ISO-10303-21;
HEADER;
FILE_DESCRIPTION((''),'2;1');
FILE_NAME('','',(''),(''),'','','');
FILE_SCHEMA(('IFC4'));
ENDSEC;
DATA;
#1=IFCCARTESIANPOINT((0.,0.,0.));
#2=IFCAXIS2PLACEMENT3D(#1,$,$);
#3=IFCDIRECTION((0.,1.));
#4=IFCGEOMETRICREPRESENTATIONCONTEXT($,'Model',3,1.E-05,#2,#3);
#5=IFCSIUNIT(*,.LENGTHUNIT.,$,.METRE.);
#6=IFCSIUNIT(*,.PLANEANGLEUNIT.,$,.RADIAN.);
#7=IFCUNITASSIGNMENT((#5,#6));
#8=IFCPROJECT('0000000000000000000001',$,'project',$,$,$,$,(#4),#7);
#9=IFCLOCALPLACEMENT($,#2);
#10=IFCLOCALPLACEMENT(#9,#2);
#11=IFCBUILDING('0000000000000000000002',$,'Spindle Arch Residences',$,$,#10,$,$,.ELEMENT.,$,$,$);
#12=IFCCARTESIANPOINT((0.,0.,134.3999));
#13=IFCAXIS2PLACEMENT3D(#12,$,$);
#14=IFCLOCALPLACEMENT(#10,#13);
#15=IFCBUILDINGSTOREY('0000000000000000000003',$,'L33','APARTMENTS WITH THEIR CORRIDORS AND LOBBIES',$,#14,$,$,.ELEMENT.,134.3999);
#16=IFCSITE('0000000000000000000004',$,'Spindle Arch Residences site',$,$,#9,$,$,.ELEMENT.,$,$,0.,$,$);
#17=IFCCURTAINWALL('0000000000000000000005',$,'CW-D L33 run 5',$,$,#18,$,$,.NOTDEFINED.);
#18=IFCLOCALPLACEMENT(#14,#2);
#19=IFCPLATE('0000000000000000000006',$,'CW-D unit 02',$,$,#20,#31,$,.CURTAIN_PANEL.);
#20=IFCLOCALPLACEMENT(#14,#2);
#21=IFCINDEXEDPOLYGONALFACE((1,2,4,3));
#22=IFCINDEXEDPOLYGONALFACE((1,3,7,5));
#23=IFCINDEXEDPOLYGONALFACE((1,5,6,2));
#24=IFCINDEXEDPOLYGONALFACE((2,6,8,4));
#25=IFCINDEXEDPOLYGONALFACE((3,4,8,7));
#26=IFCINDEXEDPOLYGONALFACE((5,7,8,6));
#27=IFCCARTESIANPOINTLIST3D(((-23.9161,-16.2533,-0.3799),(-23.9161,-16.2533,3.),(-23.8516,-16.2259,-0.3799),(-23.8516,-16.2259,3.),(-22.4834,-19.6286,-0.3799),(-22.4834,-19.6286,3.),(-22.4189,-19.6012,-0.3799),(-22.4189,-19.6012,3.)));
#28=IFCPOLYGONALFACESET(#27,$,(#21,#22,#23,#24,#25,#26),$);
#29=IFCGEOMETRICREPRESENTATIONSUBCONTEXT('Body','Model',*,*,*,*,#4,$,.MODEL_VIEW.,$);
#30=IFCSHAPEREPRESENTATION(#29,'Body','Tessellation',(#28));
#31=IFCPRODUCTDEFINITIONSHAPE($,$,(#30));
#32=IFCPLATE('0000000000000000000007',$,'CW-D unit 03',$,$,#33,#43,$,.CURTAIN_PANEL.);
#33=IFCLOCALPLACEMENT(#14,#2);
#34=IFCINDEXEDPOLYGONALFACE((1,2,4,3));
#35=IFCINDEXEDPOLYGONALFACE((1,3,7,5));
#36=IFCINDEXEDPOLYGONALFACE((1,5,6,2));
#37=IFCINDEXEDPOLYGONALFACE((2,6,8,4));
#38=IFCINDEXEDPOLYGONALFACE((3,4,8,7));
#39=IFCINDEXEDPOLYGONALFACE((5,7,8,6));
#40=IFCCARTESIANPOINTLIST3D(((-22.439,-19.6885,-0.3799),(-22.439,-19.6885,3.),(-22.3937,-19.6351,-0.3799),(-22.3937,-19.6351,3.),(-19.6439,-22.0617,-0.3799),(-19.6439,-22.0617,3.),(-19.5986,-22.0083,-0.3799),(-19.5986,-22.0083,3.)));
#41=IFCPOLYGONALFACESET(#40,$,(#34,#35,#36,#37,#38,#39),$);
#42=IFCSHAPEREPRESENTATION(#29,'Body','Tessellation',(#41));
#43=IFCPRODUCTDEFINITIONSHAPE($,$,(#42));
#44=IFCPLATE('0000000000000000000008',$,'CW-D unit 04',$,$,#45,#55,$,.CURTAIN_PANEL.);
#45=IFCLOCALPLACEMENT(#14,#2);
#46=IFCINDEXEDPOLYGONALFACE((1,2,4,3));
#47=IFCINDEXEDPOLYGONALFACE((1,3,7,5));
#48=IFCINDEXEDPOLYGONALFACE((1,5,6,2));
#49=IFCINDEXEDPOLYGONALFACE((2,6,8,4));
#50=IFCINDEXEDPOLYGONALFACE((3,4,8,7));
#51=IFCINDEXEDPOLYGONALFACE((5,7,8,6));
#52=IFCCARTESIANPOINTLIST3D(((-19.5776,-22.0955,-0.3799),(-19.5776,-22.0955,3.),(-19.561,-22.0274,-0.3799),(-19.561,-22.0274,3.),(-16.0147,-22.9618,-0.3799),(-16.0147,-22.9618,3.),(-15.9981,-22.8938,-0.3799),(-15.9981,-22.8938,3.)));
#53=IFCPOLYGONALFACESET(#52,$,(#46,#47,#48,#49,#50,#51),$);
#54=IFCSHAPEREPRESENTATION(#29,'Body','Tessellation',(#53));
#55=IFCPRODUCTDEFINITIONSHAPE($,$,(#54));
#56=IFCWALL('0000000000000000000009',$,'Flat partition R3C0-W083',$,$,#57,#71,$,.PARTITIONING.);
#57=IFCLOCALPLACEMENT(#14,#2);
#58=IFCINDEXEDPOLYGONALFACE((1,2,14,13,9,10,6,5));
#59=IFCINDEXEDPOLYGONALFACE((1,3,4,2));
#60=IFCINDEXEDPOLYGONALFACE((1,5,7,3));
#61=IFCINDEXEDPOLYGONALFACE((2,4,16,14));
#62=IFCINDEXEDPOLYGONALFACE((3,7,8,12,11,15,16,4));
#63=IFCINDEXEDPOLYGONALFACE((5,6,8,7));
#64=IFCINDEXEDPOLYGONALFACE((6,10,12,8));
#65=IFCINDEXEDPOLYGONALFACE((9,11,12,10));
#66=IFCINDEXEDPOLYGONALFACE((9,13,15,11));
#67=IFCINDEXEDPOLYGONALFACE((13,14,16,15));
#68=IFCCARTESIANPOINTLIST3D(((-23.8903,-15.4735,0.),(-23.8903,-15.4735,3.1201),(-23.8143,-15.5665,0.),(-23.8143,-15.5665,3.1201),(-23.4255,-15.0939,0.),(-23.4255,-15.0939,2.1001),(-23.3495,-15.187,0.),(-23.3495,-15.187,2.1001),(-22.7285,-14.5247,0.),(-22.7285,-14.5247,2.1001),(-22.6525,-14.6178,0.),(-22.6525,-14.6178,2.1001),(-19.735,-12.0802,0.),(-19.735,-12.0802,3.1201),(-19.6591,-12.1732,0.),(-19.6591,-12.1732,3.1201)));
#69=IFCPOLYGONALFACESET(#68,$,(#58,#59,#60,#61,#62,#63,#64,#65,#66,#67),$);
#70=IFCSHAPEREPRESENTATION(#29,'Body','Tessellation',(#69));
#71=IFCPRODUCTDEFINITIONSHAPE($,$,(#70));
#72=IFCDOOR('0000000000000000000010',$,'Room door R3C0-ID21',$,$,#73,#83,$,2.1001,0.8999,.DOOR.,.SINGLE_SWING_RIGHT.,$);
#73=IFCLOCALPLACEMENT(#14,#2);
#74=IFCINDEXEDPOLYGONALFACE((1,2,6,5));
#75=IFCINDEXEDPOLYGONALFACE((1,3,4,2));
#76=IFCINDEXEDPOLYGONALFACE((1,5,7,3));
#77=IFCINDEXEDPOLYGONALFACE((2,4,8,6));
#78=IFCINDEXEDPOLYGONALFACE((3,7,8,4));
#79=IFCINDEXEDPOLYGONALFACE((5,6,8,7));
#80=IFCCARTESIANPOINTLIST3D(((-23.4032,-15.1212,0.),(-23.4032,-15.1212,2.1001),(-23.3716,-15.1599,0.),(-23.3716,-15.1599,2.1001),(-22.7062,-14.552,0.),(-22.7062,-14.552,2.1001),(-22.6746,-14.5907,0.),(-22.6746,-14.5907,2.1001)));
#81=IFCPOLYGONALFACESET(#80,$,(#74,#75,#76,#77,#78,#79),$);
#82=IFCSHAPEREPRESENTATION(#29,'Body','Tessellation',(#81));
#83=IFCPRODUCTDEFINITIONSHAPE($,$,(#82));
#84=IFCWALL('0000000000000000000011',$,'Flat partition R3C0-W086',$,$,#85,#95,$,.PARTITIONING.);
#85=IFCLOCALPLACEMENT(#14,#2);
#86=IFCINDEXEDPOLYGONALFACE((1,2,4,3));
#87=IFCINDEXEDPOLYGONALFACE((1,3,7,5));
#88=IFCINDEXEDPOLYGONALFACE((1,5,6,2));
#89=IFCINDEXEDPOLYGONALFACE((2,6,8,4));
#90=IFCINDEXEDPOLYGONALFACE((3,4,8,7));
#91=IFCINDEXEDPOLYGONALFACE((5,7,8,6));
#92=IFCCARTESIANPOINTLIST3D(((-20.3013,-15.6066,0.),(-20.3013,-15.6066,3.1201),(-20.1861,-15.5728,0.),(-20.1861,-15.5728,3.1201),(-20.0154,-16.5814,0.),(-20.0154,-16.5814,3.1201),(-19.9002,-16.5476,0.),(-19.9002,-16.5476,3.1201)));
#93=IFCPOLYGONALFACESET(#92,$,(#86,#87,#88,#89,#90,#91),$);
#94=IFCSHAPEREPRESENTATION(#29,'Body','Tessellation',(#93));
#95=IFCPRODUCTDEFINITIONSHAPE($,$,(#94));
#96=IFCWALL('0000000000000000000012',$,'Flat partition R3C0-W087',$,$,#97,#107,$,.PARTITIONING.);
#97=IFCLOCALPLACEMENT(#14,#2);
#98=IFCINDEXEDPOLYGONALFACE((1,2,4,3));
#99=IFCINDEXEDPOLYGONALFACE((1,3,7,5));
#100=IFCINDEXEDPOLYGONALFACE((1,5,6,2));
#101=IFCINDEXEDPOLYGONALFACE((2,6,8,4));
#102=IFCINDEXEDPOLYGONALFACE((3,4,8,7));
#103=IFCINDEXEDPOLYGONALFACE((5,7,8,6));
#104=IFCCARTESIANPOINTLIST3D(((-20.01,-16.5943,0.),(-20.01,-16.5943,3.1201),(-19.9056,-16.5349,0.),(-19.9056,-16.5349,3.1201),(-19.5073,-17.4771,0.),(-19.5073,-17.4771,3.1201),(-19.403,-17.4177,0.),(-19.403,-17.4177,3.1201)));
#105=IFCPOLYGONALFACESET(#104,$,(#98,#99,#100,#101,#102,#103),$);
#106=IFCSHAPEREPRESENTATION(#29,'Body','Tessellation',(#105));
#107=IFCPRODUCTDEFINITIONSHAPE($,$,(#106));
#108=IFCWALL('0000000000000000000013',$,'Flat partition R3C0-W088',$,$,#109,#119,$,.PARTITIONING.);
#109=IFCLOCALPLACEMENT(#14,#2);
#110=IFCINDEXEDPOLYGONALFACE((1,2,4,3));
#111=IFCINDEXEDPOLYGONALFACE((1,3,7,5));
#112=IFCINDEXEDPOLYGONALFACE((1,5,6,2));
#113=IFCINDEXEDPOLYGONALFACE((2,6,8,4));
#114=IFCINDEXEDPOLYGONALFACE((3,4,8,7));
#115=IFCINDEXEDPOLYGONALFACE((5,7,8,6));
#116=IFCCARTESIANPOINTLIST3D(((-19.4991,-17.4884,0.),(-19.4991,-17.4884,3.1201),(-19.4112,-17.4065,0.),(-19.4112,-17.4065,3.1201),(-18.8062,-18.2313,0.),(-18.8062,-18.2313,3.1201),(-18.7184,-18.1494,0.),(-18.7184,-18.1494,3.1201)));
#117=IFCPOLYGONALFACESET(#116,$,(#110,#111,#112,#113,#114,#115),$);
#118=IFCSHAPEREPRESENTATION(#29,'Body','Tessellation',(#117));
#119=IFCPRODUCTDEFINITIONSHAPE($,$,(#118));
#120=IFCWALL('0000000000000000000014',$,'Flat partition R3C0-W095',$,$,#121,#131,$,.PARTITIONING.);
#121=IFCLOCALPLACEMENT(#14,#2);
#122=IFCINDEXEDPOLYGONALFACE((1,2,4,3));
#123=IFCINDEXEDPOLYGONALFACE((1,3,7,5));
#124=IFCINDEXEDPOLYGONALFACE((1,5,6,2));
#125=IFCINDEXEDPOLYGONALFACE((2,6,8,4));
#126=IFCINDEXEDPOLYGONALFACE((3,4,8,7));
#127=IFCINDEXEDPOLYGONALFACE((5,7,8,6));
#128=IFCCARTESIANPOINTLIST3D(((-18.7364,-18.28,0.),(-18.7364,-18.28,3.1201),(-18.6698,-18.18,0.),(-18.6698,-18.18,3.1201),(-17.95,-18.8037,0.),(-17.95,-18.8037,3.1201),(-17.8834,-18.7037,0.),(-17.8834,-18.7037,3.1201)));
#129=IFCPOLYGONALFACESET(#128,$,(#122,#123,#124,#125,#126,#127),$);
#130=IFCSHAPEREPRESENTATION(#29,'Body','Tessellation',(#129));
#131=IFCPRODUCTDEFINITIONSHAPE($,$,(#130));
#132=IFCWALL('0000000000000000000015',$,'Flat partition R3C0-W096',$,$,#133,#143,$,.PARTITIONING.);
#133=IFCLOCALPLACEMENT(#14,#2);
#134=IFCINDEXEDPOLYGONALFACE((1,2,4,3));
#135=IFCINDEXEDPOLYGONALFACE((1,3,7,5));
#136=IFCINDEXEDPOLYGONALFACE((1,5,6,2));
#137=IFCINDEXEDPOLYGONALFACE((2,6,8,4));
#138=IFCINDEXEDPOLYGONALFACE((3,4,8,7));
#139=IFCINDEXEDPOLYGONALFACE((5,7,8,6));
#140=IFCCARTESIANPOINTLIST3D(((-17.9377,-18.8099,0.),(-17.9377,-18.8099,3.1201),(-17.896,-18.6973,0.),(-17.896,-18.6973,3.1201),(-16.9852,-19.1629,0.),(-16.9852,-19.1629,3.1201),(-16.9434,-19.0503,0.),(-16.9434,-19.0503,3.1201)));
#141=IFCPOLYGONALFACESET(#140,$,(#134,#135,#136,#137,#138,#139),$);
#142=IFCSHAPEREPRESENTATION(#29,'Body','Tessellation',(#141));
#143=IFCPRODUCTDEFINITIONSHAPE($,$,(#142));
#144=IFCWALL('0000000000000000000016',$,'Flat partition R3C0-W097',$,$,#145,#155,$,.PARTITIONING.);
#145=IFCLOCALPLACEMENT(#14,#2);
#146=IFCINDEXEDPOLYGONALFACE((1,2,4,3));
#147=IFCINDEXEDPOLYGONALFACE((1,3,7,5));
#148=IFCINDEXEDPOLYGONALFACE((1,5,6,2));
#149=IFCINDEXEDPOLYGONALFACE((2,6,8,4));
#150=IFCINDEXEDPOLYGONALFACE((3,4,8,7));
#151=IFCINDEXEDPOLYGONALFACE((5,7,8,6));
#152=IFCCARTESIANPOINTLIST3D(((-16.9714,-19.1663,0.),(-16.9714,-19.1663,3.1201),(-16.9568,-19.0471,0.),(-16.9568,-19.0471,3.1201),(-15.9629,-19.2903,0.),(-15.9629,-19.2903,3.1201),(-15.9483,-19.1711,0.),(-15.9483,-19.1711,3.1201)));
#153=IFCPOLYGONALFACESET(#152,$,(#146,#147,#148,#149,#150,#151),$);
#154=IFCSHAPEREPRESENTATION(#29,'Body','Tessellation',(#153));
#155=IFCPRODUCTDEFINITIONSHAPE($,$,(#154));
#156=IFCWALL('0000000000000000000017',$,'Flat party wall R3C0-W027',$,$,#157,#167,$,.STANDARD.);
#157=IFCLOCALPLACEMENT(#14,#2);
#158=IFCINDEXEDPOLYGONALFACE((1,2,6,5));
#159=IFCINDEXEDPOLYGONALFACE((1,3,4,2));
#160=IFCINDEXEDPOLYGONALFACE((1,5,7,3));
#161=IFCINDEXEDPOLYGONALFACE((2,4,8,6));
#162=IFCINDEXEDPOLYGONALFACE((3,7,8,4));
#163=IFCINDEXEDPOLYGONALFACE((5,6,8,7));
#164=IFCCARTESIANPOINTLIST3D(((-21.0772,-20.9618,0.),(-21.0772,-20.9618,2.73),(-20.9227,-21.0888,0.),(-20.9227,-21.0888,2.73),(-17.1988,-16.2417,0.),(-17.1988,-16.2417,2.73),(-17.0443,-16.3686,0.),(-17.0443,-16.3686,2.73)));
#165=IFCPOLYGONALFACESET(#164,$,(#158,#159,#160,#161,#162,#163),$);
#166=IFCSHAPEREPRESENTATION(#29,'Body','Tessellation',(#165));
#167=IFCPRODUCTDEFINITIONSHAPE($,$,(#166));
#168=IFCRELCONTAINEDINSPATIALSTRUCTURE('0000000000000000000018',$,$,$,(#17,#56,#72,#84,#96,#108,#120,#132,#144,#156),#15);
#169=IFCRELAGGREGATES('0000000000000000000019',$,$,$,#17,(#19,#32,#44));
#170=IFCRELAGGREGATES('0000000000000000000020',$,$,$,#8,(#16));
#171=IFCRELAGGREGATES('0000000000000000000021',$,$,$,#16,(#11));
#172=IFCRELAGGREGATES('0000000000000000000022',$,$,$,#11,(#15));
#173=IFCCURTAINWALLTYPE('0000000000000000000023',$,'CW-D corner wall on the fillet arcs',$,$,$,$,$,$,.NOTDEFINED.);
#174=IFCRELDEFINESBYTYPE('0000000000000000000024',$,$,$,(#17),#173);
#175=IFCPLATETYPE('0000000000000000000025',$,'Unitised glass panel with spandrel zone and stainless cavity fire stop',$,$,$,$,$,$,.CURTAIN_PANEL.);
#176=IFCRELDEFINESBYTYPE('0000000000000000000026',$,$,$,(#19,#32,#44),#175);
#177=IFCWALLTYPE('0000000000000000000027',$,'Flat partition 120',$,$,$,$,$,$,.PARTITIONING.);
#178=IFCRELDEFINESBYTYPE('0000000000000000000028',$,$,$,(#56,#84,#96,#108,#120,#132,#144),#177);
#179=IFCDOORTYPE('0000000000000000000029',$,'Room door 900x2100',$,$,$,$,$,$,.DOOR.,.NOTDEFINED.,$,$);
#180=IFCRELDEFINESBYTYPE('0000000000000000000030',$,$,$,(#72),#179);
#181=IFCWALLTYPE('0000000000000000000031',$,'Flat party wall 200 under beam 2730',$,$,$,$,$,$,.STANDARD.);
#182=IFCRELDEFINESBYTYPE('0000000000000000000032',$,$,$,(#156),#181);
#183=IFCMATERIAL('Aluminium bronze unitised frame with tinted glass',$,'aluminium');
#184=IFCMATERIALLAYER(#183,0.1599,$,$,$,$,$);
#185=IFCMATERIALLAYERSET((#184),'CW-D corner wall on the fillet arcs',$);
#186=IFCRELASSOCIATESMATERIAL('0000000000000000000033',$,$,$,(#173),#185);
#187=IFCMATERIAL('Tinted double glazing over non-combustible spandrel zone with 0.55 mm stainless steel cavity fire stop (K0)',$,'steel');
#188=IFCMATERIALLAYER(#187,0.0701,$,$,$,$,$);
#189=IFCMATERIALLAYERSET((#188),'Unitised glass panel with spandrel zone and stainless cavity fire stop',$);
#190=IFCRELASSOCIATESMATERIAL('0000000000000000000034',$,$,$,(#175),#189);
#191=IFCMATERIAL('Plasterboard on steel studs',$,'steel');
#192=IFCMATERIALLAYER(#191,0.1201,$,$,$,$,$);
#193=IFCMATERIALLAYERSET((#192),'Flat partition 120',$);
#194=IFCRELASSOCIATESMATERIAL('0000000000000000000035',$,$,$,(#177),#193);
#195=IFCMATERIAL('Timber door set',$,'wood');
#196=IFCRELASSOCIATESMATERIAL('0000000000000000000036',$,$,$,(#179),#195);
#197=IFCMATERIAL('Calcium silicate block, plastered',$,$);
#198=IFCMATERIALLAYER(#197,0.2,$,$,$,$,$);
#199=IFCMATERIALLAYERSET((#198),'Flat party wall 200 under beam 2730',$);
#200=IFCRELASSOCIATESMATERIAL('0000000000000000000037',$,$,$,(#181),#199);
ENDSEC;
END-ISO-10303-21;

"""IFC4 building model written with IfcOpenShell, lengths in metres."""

from ifc_helpers import new_model, si_unit, direction, frame, frame_2d, origin, origin_2d, place, context, subcontext, project, spatial, rectangle, extrude, material, layer, layer_set, type_object, element, fill, aggregate, save


model = new_model("IFC4")

# Units and contexts
model_context = context("Model", 3, precision=1e-05, world=origin(), true_north=direction((0.0, 1.0)))
body_context = subcontext(model_context, "Body", "Model", "MODEL_VIEW")
ifc_project = project(units=[si_unit("LENGTHUNIT", "METRE"), si_unit("PLANEANGLEUNIT", "RADIAN")], contexts=[model_context])

# Site, building, storey
site_placement = place(None, origin())
site = spatial("IfcSite", under=ifc_project, at=site_placement, Name="Spindle Arch Residences site", CompositionType="ELEMENT", RefElevation=0.0)
building_placement = place(site_placement, origin())
building = spatial("IfcBuilding", under=site, at=building_placement, Name="Spindle Arch Residences", CompositionType="ELEMENT")
storey_placement = place(building_placement, frame((0.0, 0.0, 134.3999)))
storey = spatial("IfcBuildingStorey", under=building, at=storey_placement, Name="L33", Description="APARTMENTS WITH THEIR CORRIDORS AND LOBBIES", CompositionType="ELEMENT", Elevation=134.3999)

# Curtain wall
ifc_material_1 = material(Name="Aluminium bronze unitised frame with tinted glass", Category="aluminium")
ifc_layer_1 = layer(ifc_material_1, 0.1599)
ifc_layer_set_1 = layer_set([ifc_layer_1], Name="CW-D corner wall on the fillet arcs")
curtain_wall_type = type_object("IfcCurtainWallType", Name="CW-D corner wall on the fillet arcs", PredefinedType="NOTDEFINED", material=ifc_layer_set_1)
curtain_wall_placement = place(storey_placement, origin())
curtain_wall = element("IfcCurtainWall", 1, at=curtain_wall_placement, inside=storey, type_object=curtain_wall_type, Name="CW-D L33 run 5", PredefinedType="NOTDEFINED")

# Plates
ifc_material_2 = material(Name="Tinted double glazing over non-combustible spandrel zone with 0.55 mm stainless steel cavity fire stop (K0)", Category="steel")
ifc_layer_2 = layer(ifc_material_2, 0.0701)
ifc_layer_set_2 = layer_set([ifc_layer_2], Name="Unitised glass panel with spandrel zone and stainless cavity fire stop")
plate_type = type_object("IfcPlateType", Name="Unitised glass panel with spandrel zone and stainless cavity fire stop", PredefinedType="CURTAIN_PANEL", material=ifc_layer_set_2)
plate_1_placement = place(storey_placement, frame((-23.1675, -17.9272, -0.3799), z_axis=(0.0, 0.0, 1.0), x_axis=(0.390731, -0.920505, 0.0)))
plate_1 = element("IfcPlate", 2, at=plate_1_placement, type_object=plate_type, Name="CW-D unit 02", PredefinedType="CURTAIN_PANEL", context=body_context, shape_type="SweptSolid", body=[
    extrude(rectangle(XDim=3.6667, YDim=0.0701, at=origin_2d()), origin(), (0.0, 0.0, 1.0), 3.3799),
])
plate_2_placement = place(storey_placement, frame((-21.0188, -20.8484, -0.3799), z_axis=(0.0, 0.0, 1.0), x_axis=(0.762292, -0.647233, 0.0)))
plate_2 = element("IfcPlate", 3, at=plate_2_placement, type_object=plate_type, Name="CW-D unit 03", PredefinedType="CURTAIN_PANEL", context=body_context, shape_type="SweptSolid", body=[
    extrude(rectangle(XDim=3.6667, YDim=0.0701, at=origin_2d()), origin(), (0.0, 0.0, 1.0), 3.3799),
])
plate_3_placement = place(storey_placement, frame((-17.7878, -22.4946, -0.3799), z_axis=(0.0, 0.0, 1.0), x_axis=(0.971687, -0.236273, 0.0)))
plate_3 = element("IfcPlate", 4, at=plate_3_placement, type_object=plate_type, Name="CW-D unit 04", PredefinedType="CURTAIN_PANEL", context=body_context, shape_type="SweptSolid", body=[
    extrude(rectangle(XDim=3.6667, YDim=0.0701, at=origin_2d()), origin(), (0.0, 0.0, 1.0), 3.3799),
])
aggregate(curtain_wall, [plate_1, plate_2, plate_3])

# Wall, opening, door
ifc_material_3 = material(Name="Plasterboard on steel studs", Category="steel")
ifc_layer_3 = layer(ifc_material_3, 0.1201)
ifc_layer_set_3 = layer_set([ifc_layer_3], Name="Flat partition 120")
wall_type_1 = type_object("IfcWallType", Name="Flat partition 120", PredefinedType="PARTITIONING", material=ifc_layer_set_3)
wall_1_placement = place(storey_placement, frame((-23.8523, -15.52, 0.0), z_axis=(0.0, 0.0, 1.0), x_axis=(0.774547, 0.632516, 0.0)))
wall_1 = element("IfcWall", 5, at=wall_1_placement, inside=storey, type_object=wall_type_1, Name="Flat partition R3C0-W083", PredefinedType="PARTITIONING", context=body_context, shape_type="SweptSolid", body=[
    extrude(rectangle(XDim=5.3647, YDim=0.1201, at=frame_2d((2.6824, 0.0))), origin(), (0.0, 0.0, 1.0), 3.1201),
])
opening_placement = place(wall_1_placement, frame((0.6001, 0.0, 0.0)))
opening = element("IfcOpeningElement", 6, at=opening_placement, cuts=wall_1, PredefinedType="OPENING", context=body_context, shape_type="SweptSolid", body=[
    extrude(rectangle(XDim=0.8999, YDim=2.1001, at=frame_2d((0.45, 1.05))), frame((0.0, 0.0701, 0.0), z_axis=(0.0, -1.0, 0.0), x_axis=(1.0, 0.0, 0.0)), (0.0, 0.0, 1.0), 0.1401),
])
ifc_material_4 = material(Name="Timber door set", Category="wood")
door_type = type_object("IfcDoorType", Name="Room door 900x2100", OperationType="NOTDEFINED", PredefinedType="DOOR", material=ifc_material_4)
door_placement = place(opening_placement, origin())
door = element("IfcDoor", 7, at=door_placement, inside=storey, type_object=door_type, Name="Room door R3C0-ID21", OperationType="SINGLE_SWING_RIGHT", OverallHeight=2.1001, OverallWidth=0.8999, PredefinedType="DOOR", context=body_context, shape_type="SweptSolid", body=[
    extrude(rectangle(XDim=0.8999, YDim=2.1001, at=frame_2d((0.45, 1.05))), frame((0.0, 0.0249, 0.0), z_axis=(0.0, -1.0, 0.0), x_axis=(1.0, 0.0, 0.0)), (0.0, 0.0, 1.0), 0.05),
])
fill(opening, door)

# Walls
for number, where, z_axis, x_axis, name in (
    (8, (-20.2437, -15.5898, 0.0), (0.0, 0.0, 1.0), (0.281412, -0.959587, 0.0), "Flat partition R3C0-W086"),
    (9, (-19.9578, -16.5647, 0.0), (0.0, 0.0, 1.0), (0.494818, -0.868996, 0.0), "Flat partition R3C0-W087"),
    (10, (-19.4551, -17.4475, 0.0), (0.0, 0.0, 1.0), (0.682044, -0.731311, 0.0), "Flat partition R3C0-W088"),
):
    element("IfcWall", number, at=place(storey_placement, frame(where, z_axis=z_axis, x_axis=x_axis)), inside=storey, type_object=wall_type_1, Name=name, PredefinedType="PARTITIONING", context=body_context, shape_type="SweptSolid", body=[
        extrude(rectangle(XDim=1.0159, YDim=0.1201, at=frame_2d((0.5078, 0.0))), origin(), (0.0, 0.0, 1.0), 3.1201),
    ])
wall_2_placement = place(storey_placement, frame((-18.7031, -18.23, 0.0), z_axis=(0.0, 0.0, 1.0), x_axis=(0.832328, -0.554283, 0.0)))
element("IfcWall", 11, at=wall_2_placement, inside=storey, type_object=wall_type_1, Name="Flat partition R3C0-W095", PredefinedType="PARTITIONING", context=body_context, shape_type="SweptSolid", body=[
    extrude(rectangle(XDim=0.9448, YDim=0.1201, at=frame_2d((0.4724, 0.0))), origin(), (0.0, 0.0, 1.0), 3.1201),
])
wall_3_placement = place(storey_placement, frame((-17.9167, -18.7537, 0.0), z_axis=(0.0, 0.0, 1.0), x_axis=(0.937685, -0.347487, 0.0)))
element("IfcWall", 12, at=wall_3_placement, inside=storey, type_object=wall_type_1, Name="Flat partition R3C0-W096", PredefinedType="PARTITIONING", context=body_context, shape_type="SweptSolid", body=[
    extrude(rectangle(XDim=1.0159, YDim=0.1201, at=frame_2d((0.5078, 0.0))), origin(), (0.0, 0.0, 1.0), 3.1201),
])
wall_4_placement = place(storey_placement, frame((-16.9641, -19.1067, 0.0), z_axis=(0.0, 0.0, 1.0), x_axis=(0.992524, -0.122053, 0.0)))
element("IfcWall", 13, at=wall_4_placement, inside=storey, type_object=wall_type_1, Name="Flat partition R3C0-W097", PredefinedType="PARTITIONING", context=body_context, shape_type="SweptSolid", body=[
    extrude(rectangle(XDim=1.0161, YDim=0.1201, at=frame_2d((0.5081, 0.0))), origin(), (0.0, 0.0, 1.0), 3.1201),
])
ifc_material_5 = material(Name="Calcium silicate block, plastered")
ifc_layer_4 = layer(ifc_material_5, 0.2)
ifc_layer_set_4 = layer_set([ifc_layer_4], Name="Flat party wall 200 under beam 2730")
wall_type_2 = type_object("IfcWallType", Name="Flat party wall 200 under beam 2730", PredefinedType="STANDARD", material=ifc_layer_set_4)
wall_5_placement = place(storey_placement, frame((-21.0, -21.0254, 0.0), z_axis=(0.0, 0.0, 1.0), x_axis=(0.634847, 0.772638, 0.0)))
element("IfcWall", 14, at=wall_5_placement, inside=storey, type_object=wall_type_2, Name="Flat party wall R3C0-W027", PredefinedType="STANDARD", context=body_context, shape_type="SweptSolid", body=[
    extrude(rectangle(XDim=6.1091, YDim=0.2, at=frame_2d((3.0547, 0.0))), origin(), (0.0, 0.0, 1.0), 2.73),
])

save(model, "model.ifc")
